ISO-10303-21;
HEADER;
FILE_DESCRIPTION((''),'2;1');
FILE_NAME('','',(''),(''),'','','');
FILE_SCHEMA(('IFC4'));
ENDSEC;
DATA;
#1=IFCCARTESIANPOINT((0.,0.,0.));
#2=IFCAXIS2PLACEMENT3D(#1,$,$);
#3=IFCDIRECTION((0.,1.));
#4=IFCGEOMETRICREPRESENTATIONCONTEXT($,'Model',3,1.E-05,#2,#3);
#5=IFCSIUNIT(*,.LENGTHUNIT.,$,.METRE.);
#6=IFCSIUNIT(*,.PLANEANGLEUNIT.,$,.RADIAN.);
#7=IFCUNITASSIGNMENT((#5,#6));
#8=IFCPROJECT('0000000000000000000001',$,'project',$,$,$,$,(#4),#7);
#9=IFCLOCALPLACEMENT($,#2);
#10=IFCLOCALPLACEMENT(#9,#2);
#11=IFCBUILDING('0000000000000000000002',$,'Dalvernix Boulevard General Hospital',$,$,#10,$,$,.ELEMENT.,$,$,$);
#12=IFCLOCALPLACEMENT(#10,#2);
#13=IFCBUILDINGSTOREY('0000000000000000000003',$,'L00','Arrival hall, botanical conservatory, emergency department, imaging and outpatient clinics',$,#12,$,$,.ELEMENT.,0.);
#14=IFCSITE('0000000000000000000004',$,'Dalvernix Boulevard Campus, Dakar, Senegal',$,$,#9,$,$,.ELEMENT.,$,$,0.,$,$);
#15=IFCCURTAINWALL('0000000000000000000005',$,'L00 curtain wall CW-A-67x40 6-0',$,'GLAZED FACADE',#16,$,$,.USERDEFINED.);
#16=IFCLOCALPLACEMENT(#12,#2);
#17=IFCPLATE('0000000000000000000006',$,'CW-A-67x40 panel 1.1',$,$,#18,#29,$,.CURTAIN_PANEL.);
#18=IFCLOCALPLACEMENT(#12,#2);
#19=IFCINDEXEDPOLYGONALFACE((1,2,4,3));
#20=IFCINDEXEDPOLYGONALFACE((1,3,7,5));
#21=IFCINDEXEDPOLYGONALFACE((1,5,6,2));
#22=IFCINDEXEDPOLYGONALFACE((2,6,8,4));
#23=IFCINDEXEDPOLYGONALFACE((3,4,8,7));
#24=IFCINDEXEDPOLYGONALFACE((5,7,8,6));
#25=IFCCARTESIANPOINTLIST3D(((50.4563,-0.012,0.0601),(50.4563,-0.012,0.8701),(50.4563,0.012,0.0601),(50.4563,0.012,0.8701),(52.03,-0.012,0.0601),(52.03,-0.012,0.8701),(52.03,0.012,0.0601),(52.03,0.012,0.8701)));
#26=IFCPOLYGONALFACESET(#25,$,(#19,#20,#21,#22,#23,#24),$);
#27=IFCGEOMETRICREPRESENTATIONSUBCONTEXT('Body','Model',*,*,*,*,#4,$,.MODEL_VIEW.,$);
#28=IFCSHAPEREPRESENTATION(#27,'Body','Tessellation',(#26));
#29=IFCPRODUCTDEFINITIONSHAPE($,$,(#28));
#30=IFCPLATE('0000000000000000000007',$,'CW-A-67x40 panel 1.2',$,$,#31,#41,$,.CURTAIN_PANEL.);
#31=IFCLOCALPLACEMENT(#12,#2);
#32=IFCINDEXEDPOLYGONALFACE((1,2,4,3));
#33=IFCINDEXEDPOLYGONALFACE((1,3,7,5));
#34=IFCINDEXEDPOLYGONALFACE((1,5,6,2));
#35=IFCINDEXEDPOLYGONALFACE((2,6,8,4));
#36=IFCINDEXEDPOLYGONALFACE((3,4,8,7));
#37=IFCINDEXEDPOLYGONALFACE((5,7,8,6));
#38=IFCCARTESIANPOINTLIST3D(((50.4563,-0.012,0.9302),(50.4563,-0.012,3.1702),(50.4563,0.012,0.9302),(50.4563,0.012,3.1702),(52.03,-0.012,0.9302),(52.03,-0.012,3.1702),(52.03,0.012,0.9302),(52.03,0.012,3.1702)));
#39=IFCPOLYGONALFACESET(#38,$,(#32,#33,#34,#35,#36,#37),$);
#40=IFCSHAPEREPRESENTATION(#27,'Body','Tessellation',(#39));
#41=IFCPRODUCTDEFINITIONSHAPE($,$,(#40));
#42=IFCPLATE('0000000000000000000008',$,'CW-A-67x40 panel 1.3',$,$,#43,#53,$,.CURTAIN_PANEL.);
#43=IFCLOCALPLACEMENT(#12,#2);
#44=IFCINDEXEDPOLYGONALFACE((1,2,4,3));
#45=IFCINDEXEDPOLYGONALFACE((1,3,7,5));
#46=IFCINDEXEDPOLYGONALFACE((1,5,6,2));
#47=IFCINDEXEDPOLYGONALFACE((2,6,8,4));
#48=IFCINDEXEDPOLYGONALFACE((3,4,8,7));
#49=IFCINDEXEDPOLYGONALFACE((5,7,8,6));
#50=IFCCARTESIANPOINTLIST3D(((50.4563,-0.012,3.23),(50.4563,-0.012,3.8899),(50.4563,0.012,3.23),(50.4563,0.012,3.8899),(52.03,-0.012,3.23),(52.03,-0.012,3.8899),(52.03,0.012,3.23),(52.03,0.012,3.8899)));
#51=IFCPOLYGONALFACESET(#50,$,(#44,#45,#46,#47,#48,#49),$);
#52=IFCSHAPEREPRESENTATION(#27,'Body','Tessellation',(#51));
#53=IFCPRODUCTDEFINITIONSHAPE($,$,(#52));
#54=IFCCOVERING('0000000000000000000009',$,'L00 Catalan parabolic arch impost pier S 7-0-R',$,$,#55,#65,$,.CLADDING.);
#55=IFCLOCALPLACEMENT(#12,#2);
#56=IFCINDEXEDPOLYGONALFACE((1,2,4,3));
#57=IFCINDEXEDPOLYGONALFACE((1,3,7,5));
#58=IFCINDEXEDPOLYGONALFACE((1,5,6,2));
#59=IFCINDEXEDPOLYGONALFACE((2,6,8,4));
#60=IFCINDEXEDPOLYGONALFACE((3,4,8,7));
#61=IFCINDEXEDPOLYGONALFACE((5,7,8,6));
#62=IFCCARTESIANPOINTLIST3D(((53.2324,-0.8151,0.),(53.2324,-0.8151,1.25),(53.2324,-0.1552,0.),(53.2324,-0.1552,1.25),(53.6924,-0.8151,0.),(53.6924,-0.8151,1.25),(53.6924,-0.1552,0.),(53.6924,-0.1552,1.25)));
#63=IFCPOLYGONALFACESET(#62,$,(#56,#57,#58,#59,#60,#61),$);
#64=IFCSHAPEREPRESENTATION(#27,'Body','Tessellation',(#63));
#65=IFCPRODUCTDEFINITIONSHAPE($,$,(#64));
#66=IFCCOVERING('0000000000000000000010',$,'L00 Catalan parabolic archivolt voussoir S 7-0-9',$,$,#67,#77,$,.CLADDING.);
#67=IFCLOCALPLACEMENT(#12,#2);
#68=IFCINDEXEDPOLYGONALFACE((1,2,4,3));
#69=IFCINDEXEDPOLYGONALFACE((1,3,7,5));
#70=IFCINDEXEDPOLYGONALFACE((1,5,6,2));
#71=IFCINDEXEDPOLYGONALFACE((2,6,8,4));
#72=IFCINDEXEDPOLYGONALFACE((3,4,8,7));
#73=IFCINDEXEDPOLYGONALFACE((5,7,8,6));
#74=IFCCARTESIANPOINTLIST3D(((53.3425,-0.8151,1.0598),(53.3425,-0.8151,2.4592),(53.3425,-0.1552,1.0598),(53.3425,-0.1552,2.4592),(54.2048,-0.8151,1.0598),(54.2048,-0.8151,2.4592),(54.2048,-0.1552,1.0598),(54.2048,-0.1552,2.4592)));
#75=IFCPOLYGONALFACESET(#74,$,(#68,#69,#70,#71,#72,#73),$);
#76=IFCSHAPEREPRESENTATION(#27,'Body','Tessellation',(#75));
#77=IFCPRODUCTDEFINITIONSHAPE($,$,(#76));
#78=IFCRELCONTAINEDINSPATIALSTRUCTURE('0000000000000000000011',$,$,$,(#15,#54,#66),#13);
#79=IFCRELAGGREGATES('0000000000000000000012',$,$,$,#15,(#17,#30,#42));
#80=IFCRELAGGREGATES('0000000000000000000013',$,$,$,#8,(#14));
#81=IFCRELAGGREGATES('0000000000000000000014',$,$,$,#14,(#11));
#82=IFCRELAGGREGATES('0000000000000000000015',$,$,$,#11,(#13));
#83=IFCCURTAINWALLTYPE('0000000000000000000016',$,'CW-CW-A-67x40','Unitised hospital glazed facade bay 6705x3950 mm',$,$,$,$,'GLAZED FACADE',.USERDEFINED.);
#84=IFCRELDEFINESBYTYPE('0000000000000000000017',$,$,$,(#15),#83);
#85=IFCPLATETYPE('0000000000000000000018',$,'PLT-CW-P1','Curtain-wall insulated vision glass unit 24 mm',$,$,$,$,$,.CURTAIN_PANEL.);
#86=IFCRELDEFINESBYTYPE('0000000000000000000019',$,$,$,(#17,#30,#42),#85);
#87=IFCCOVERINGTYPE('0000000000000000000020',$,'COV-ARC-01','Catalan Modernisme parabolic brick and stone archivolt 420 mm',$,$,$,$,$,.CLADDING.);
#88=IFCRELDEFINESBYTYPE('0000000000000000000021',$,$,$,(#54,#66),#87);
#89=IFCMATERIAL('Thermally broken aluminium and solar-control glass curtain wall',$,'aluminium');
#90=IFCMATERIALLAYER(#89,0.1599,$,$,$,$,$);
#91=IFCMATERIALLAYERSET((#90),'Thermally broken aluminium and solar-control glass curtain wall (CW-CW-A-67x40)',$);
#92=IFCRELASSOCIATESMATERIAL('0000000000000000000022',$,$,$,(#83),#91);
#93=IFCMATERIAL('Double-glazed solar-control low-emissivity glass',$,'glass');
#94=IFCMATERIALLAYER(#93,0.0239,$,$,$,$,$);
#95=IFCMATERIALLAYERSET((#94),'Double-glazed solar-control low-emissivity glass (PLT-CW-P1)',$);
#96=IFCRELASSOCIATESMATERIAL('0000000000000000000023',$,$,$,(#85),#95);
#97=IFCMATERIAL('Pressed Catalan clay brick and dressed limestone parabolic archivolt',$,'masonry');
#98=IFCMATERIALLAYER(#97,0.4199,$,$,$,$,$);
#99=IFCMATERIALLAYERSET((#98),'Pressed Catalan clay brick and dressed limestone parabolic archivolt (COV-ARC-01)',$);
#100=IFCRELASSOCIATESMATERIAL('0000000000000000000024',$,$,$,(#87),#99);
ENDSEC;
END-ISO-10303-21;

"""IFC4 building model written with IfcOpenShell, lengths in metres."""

from ifc_helpers import new_model, si_unit, direction, frame, origin, origin_2d, place, context, subcontext, project, spatial, rectangle, extrude, material, layer, layer_set, type_object, element, aggregate, save


model = new_model("IFC4")

# Units and contexts
model_context = context("Model", 3, precision=1e-05, world=origin(), true_north=direction((0.0, 1.0)))
body_context = subcontext(model_context, "Body", "Model", "MODEL_VIEW")
ifc_project = project(units=[si_unit("LENGTHUNIT", "METRE"), si_unit("PLANEANGLEUNIT", "RADIAN")], contexts=[model_context])

# Site, building, storey
site_placement = place(None, origin())
site = spatial("IfcSite", under=ifc_project, at=site_placement, Name="Dalvernix Boulevard Campus, Dakar, Senegal", CompositionType="ELEMENT", RefElevation=0.0)
building_placement = place(site_placement, origin())
building = spatial("IfcBuilding", under=site, at=building_placement, Name="Dalvernix Boulevard General Hospital", CompositionType="ELEMENT")
storey_placement = place(building_placement, origin())
storey = spatial("IfcBuildingStorey", under=building, at=storey_placement, Name="L00", Description="Arrival hall, botanical conservatory, emergency department, imaging and outpatient clinics", CompositionType="ELEMENT", Elevation=0.0)

# Curtain wall, plates
ifc_material_1 = material(Name="Thermally broken aluminium and solar-control glass curtain wall", Category="aluminium")
ifc_layer_1 = layer(ifc_material_1, 0.1599)
ifc_layer_set_1 = layer_set([ifc_layer_1], Name="Thermally broken aluminium and solar-control glass curtain wall (CW-CW-A-67x40)")
curtain_wall_type = type_object("IfcCurtainWallType", Name="CW-CW-A-67x40", Description="Unitised hospital glazed facade bay 6705x3950 mm", ElementType="GLAZED FACADE", PredefinedType="USERDEFINED", material=ifc_layer_set_1)
curtain_wall_placement = place(storey_placement, origin())
curtain_wall = element("IfcCurtainWall", 1, at=curtain_wall_placement, inside=storey, type_object=curtain_wall_type, Name="L00 curtain wall CW-A-67x40 6-0", ObjectType="GLAZED FACADE", PredefinedType="USERDEFINED")
ifc_material_2 = material(Name="Double-glazed solar-control low-emissivity glass", Category="glass")
ifc_layer_2 = layer(ifc_material_2, 0.0239)
ifc_layer_set_2 = layer_set([ifc_layer_2], Name="Double-glazed solar-control low-emissivity glass (PLT-CW-P1)")
plate_type = type_object("IfcPlateType", Name="PLT-CW-P1", Description="Curtain-wall insulated vision glass unit 24 mm", PredefinedType="CURTAIN_PANEL", material=ifc_layer_set_2)
plate_1_placement = place(storey_placement, frame((51.2432, 0.0, 0.0601), z_axis=(0.0, 0.0, 1.0), x_axis=(-1.0, 0.0, 0.0)))
plate_1 = element("IfcPlate", 2, at=plate_1_placement, type_object=plate_type, Name="CW-A-67x40 panel 1.1", PredefinedType="CURTAIN_PANEL", context=body_context, shape_type="SweptSolid", body=[
    extrude(rectangle(XDim=1.5737, YDim=0.0239, at=origin_2d()), origin(), (0.0, 0.0, 1.0), 0.8101),
])
plate_2_placement = place(storey_placement, frame((51.2432, 0.0, 0.9302), z_axis=(0.0, 0.0, 1.0), x_axis=(-1.0, 0.0, 0.0)))
plate_2 = element("IfcPlate", 3, at=plate_2_placement, type_object=plate_type, Name="CW-A-67x40 panel 1.2", PredefinedType="CURTAIN_PANEL", context=body_context, shape_type="SweptSolid", body=[
    extrude(rectangle(XDim=1.5737, YDim=0.0239, at=origin_2d()), origin(), (0.0, 0.0, 1.0), 2.24),
])
plate_3_placement = place(storey_placement, frame((51.2432, 0.0, 3.23), z_axis=(0.0, 0.0, 1.0), x_axis=(-1.0, 0.0, 0.0)))
plate_3 = element("IfcPlate", 4, at=plate_3_placement, type_object=plate_type, Name="CW-A-67x40 panel 1.3", PredefinedType="CURTAIN_PANEL", context=body_context, shape_type="SweptSolid", body=[
    extrude(rectangle(XDim=1.5737, YDim=0.0239, at=origin_2d()), origin(), (0.0, 0.0, 1.0), 0.6599),
])
aggregate(curtain_wall, [plate_1, plate_2, plate_3])

# Coverings
ifc_material_3 = material(Name="Pressed Catalan clay brick and dressed limestone parabolic archivolt", Category="masonry")
ifc_layer_3 = layer(ifc_material_3, 0.4199)
ifc_layer_set_3 = layer_set([ifc_layer_3], Name="Pressed Catalan clay brick and dressed limestone parabolic archivolt (COV-ARC-01)")
covering_type = type_object("IfcCoveringType", Name="COV-ARC-01", Description="Catalan Modernisme parabolic brick and stone archivolt 420 mm", PredefinedType="CLADDING", material=ifc_layer_set_3)
covering_1_placement = place(storey_placement, frame((53.4624, -0.4851, 0.0), z_axis=(0.0, 0.0, 1.0), x_axis=(-1.0, 0.0, 0.0)))
element("IfcCovering", 5, at=covering_1_placement, inside=storey, type_object=covering_type, Name="L00 Catalan parabolic arch impost pier S 7-0-R", PredefinedType="CLADDING", context=body_context, shape_type="SweptSolid", body=[
    extrude(rectangle(XDim=0.46, YDim=0.6599, at=origin_2d()), origin(), (0.0, 0.0, 1.0), 1.25),
])
covering_2_placement = place(storey_placement, frame((53.7737, -0.4851, 1.0598), z_axis=(0.0, 0.0, 1.0), x_axis=(-1.0, 0.0, 0.0)))
element("IfcCovering", 6, at=covering_2_placement, inside=storey, type_object=covering_type, Name="L00 Catalan parabolic archivolt voussoir S 7-0-9", PredefinedType="CLADDING", context=body_context, shape_type="SweptSolid", body=[
    extrude(rectangle(XDim=0.8623, YDim=0.6599, at=origin_2d()), origin(), (0.0, 0.0, 1.0), 1.3994),
])

save(model, "model.ifc")
